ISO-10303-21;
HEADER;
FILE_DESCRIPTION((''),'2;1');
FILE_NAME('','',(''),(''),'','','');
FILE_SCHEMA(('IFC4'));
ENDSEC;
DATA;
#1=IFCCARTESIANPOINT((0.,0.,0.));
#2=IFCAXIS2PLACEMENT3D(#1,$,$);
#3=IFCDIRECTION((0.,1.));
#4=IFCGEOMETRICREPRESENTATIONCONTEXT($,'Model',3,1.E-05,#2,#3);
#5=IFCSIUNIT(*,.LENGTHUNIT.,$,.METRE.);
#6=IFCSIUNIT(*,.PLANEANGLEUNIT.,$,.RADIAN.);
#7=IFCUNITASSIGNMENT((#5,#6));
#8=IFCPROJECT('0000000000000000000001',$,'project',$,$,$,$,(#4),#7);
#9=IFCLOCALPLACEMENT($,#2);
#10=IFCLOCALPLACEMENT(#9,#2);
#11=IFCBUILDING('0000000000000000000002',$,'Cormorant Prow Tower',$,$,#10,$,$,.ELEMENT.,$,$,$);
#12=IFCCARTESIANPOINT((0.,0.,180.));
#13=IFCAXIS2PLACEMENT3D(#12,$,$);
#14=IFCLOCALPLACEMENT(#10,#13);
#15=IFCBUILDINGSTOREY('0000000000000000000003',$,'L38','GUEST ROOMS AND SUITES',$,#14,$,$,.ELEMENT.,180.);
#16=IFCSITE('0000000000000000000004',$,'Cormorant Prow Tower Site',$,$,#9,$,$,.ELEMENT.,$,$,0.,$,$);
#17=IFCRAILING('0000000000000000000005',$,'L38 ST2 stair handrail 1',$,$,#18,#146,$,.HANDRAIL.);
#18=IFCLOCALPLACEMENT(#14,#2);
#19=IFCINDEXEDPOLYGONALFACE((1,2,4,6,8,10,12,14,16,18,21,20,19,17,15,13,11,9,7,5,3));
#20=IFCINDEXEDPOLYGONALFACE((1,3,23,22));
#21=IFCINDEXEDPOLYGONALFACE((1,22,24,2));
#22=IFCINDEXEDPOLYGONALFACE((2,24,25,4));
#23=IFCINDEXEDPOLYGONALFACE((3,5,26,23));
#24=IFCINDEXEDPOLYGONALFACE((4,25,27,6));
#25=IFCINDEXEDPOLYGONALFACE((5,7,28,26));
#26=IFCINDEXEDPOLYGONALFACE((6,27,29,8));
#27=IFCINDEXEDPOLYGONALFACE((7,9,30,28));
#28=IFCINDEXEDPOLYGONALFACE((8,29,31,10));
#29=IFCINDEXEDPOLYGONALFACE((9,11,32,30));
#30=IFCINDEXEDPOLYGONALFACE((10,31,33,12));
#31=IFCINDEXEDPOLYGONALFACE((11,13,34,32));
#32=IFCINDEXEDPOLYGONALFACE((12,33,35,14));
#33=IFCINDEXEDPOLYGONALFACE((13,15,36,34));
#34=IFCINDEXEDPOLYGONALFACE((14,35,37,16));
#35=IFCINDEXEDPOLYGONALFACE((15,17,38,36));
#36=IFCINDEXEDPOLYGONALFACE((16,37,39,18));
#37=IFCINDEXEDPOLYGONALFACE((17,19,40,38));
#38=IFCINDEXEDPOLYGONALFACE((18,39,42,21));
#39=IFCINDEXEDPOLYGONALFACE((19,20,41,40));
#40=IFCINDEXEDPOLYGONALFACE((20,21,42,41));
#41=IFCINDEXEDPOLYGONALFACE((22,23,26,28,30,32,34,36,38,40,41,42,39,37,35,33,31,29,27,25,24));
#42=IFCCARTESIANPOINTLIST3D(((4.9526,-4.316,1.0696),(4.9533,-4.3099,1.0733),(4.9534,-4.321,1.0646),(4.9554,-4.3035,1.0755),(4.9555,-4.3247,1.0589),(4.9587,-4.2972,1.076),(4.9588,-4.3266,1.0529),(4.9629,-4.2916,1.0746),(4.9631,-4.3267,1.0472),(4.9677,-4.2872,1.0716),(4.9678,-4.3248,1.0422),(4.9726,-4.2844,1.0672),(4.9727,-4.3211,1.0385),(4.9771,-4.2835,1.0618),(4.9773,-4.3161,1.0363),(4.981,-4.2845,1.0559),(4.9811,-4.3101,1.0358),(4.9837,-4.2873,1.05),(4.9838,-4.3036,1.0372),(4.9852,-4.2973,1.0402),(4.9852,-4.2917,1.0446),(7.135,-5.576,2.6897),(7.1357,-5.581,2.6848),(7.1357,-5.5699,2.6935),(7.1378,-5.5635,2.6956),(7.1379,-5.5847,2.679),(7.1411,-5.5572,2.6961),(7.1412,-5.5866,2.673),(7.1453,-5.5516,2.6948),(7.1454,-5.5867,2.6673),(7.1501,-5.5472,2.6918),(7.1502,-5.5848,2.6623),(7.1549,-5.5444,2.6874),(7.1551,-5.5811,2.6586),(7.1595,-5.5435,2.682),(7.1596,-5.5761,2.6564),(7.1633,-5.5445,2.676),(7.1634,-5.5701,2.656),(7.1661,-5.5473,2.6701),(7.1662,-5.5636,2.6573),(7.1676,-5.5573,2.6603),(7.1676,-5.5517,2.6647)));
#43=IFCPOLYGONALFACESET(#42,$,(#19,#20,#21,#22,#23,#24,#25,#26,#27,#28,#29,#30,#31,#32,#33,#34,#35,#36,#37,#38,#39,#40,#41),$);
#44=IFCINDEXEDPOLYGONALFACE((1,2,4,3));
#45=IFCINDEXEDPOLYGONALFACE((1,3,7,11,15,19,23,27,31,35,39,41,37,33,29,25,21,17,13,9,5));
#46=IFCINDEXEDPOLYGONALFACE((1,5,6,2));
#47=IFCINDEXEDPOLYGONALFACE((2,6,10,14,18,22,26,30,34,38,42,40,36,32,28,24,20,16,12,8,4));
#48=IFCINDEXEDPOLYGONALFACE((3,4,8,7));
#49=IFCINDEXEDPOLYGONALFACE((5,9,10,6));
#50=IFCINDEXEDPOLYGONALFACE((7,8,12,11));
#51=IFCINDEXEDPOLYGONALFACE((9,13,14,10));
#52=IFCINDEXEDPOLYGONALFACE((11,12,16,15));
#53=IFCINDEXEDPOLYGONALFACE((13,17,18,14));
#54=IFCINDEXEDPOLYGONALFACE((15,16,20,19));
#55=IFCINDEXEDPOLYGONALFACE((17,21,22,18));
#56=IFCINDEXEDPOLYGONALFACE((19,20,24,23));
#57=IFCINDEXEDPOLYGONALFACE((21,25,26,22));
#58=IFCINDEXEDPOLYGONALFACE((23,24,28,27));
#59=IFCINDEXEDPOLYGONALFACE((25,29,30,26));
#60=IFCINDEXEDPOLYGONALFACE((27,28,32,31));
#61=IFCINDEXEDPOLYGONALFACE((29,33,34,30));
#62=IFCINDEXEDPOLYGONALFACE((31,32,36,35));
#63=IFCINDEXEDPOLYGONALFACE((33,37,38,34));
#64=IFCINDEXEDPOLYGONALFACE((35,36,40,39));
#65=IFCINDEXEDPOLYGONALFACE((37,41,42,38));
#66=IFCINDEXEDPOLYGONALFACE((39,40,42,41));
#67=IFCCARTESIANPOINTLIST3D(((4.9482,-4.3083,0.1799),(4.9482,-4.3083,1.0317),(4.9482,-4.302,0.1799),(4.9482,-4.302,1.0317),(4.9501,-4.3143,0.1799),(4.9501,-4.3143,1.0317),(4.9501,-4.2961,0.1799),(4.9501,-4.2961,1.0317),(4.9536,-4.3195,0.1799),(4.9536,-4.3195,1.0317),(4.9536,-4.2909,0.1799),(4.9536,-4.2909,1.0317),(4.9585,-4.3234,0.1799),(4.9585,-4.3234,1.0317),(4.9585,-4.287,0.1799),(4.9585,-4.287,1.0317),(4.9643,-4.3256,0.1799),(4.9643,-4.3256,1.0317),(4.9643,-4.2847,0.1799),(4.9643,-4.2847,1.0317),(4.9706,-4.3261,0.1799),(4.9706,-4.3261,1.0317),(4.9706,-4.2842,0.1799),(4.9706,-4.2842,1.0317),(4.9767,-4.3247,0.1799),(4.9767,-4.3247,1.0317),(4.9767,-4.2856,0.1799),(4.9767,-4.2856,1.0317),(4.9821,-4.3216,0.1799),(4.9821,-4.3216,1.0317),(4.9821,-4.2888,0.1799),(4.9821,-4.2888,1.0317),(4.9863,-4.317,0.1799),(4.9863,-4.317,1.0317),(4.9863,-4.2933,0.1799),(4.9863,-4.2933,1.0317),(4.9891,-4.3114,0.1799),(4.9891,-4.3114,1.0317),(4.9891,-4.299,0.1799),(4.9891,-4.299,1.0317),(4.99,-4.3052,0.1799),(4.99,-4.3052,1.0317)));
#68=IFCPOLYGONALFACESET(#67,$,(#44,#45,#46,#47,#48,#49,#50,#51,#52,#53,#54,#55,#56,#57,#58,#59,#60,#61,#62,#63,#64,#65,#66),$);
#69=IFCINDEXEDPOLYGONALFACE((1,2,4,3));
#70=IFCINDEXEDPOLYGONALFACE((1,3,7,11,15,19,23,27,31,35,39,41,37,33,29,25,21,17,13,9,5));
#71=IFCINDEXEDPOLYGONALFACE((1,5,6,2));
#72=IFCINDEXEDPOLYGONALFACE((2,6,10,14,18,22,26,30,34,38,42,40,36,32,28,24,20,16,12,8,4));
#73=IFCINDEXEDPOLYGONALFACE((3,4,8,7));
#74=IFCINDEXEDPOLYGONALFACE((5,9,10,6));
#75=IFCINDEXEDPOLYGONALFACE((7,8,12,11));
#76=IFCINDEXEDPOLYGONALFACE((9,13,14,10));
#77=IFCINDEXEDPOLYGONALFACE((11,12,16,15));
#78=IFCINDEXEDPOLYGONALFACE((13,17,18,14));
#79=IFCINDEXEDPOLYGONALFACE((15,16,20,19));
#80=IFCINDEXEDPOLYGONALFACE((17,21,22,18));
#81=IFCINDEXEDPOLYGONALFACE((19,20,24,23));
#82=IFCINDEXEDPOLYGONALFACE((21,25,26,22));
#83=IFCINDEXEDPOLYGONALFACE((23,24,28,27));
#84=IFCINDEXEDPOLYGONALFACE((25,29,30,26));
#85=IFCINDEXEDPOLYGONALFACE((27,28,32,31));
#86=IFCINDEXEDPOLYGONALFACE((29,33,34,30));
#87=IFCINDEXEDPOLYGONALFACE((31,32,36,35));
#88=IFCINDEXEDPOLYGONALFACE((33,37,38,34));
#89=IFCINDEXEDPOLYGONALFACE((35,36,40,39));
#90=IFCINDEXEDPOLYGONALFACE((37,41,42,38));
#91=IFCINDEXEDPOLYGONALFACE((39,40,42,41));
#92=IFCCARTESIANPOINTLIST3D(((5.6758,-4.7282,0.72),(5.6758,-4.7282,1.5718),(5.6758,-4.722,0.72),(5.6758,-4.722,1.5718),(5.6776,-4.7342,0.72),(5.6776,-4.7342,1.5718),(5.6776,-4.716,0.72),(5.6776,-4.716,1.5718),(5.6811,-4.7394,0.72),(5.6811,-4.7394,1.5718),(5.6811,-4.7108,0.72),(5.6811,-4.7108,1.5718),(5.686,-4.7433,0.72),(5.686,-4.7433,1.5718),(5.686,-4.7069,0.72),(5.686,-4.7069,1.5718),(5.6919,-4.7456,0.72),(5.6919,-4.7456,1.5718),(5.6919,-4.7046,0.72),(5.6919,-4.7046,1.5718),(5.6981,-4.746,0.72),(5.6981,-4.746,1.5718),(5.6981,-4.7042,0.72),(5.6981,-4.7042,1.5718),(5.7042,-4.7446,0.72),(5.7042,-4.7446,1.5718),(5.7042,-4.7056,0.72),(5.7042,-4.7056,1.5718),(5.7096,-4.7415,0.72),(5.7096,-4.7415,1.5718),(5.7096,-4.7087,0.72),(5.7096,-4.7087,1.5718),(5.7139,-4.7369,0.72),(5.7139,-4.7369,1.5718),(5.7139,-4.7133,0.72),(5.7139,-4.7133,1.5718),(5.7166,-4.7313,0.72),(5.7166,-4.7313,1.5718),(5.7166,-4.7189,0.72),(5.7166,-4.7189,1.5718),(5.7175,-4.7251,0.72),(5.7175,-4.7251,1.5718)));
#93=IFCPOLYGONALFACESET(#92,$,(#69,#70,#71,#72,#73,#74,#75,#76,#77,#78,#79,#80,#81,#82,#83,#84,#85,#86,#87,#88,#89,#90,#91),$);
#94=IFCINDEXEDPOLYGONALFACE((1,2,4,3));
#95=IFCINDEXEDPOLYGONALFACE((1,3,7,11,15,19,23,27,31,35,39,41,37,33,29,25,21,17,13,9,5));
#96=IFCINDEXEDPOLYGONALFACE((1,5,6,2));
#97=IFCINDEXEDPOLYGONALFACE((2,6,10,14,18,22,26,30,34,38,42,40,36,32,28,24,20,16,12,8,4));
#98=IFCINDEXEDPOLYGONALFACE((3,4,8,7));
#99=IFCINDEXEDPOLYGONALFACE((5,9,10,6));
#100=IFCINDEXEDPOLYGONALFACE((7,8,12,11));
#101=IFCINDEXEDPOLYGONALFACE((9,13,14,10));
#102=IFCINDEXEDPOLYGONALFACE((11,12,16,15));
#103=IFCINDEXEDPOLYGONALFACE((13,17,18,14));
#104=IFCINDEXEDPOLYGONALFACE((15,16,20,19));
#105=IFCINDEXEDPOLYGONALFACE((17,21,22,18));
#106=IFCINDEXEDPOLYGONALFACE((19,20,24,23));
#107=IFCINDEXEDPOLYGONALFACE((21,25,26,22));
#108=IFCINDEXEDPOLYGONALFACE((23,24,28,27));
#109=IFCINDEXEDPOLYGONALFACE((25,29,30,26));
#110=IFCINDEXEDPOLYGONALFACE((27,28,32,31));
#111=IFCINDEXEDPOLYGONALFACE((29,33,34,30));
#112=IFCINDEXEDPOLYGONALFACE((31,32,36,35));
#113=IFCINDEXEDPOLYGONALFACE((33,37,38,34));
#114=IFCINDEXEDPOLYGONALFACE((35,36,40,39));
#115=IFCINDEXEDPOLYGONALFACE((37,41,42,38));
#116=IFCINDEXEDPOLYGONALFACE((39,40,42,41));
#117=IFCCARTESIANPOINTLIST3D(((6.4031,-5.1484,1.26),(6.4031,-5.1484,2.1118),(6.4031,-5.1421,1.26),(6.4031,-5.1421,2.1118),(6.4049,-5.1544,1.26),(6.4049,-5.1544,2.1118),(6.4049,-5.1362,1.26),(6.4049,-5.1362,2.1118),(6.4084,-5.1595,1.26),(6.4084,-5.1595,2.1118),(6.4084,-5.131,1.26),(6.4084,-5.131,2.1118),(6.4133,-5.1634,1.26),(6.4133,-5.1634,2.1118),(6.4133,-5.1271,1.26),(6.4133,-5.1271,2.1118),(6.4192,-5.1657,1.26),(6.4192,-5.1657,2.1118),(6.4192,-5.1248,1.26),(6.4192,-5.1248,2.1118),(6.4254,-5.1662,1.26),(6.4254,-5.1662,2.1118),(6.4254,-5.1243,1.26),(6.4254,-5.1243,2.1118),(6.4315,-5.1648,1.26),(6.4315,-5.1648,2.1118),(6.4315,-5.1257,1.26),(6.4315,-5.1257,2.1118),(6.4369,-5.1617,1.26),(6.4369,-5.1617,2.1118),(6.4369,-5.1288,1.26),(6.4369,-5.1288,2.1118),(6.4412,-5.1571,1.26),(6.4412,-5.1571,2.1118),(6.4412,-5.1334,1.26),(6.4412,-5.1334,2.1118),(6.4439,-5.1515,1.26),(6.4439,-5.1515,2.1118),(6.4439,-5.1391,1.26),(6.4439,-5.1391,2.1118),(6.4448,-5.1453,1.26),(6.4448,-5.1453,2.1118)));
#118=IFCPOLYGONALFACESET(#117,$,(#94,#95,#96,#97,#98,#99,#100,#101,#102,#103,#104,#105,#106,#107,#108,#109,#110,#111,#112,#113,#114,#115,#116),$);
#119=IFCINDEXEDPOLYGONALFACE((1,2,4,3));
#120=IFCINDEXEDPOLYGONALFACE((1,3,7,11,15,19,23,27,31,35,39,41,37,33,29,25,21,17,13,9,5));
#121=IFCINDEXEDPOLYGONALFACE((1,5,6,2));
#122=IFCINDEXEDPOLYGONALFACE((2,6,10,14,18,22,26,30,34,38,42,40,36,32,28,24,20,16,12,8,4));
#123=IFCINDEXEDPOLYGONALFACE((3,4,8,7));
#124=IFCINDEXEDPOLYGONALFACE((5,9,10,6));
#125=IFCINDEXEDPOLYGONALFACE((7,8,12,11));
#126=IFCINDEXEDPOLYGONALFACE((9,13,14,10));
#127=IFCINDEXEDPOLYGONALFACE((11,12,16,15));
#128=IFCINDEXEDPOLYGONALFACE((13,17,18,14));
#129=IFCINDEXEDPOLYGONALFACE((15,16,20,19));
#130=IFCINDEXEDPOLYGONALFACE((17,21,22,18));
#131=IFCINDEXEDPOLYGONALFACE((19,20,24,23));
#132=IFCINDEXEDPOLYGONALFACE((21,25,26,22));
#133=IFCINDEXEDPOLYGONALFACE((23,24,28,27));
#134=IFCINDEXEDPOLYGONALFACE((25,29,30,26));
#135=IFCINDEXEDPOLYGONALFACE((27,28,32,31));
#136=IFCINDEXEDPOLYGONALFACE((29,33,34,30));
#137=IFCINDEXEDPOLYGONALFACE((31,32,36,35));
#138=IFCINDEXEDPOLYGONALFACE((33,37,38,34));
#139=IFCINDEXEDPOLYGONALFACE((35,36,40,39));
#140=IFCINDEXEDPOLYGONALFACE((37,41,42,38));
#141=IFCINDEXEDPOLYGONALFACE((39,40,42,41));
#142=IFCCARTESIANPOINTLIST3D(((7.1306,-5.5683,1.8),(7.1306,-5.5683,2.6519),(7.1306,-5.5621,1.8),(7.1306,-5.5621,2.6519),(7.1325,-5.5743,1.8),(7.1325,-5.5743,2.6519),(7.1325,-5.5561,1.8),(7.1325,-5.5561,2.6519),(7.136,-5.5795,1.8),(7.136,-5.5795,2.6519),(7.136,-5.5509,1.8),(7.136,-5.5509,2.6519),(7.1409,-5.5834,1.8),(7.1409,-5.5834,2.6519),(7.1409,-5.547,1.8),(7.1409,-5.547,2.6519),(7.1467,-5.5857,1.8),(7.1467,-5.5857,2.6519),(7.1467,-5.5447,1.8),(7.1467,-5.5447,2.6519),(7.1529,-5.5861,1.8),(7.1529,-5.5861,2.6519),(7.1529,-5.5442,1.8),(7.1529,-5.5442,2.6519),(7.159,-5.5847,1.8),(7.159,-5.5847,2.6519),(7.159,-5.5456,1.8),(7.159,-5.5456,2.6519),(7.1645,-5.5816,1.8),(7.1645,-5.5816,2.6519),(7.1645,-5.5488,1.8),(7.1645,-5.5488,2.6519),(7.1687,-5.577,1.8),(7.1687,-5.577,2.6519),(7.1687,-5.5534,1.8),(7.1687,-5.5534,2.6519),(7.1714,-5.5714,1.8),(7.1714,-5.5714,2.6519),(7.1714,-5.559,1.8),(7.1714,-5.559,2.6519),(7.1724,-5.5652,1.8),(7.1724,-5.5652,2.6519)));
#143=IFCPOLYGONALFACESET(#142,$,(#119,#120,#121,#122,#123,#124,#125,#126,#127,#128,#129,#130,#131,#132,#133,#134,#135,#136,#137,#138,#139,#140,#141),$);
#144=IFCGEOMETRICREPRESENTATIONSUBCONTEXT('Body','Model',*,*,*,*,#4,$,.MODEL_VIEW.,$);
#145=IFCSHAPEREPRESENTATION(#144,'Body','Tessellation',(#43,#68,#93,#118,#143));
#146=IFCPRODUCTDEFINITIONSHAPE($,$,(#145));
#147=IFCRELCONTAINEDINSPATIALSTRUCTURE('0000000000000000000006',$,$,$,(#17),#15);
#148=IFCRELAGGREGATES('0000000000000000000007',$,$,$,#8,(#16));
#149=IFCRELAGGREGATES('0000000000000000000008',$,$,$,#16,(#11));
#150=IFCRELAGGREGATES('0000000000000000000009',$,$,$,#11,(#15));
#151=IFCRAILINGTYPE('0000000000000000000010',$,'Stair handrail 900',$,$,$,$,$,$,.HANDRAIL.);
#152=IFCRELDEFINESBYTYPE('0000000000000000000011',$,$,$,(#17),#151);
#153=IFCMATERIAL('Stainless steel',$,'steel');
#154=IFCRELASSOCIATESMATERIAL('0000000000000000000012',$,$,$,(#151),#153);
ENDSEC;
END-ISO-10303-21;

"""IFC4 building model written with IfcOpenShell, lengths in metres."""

from ifc_helpers import new_model, si_unit, direction, frame, origin, origin_2d, place, context, subcontext, project, spatial, circle, extrude, material, type_object, element, save


model = new_model("IFC4")

# Units and contexts
model_context = context("Model", 3, precision=1e-05, world=origin(), true_north=direction((0.0, 1.0)))
body_context = subcontext(model_context, "Body", "Model", "MODEL_VIEW")
ifc_project = project(units=[si_unit("LENGTHUNIT", "METRE"), si_unit("PLANEANGLEUNIT", "RADIAN")], contexts=[model_context])

# Site, building, storey
site_placement = place(None, origin())
site = spatial("IfcSite", under=ifc_project, at=site_placement, Name="Cormorant Prow Tower Site", CompositionType="ELEMENT", RefElevation=0.0)
building_placement = place(site_placement, origin())
building = spatial("IfcBuilding", under=site, at=building_placement, Name="Cormorant Prow Tower", CompositionType="ELEMENT")
storey_placement = place(building_placement, frame((0.0, 0.0, 180.0)))
storey = spatial("IfcBuildingStorey", under=building, at=storey_placement, Name="L38", Description="GUEST ROOMS AND SUITES", CompositionType="ELEMENT", Elevation=180.0)

# Railing
ifc_material_1 = material(Name="Stainless steel", Category="steel")
railing_type_1 = type_object("IfcRailingType", Name="Stair handrail 900", PredefinedType="HANDRAIL", material=ifc_material_1)
railing_1_placement = place(storey_placement, frame((4.969, -4.3052, 0.1799)))
element("IfcRailing", 1, at=railing_1_placement, inside=storey, type_object=railing_type_1, Name="L38 ST2 stair handrail 1", PredefinedType="HANDRAIL", context=body_context, shape_type="SweptSolid", body=[
    extrude(circle(Radius=0.0239, at=origin_2d()), frame((0.0, 0.0, 0.876), z_axis=(0.728464, -0.420584, 0.540786), x_axis=(0.500005, 0.866023, 0.0)), (0.0, 0.0, 1.0), 2.9958),
    extrude(circle(Radius=0.021, at=origin_2d()), origin(), (0.0, 0.0, 1.0), 0.8518),
    extrude(circle(Radius=0.021, at=origin_2d()), frame((0.7275, -0.4199, 0.54)), (0.0, 0.0, 1.0), 0.8518),
    extrude(circle(Radius=0.021, at=origin_2d()), frame((1.4548, -0.8401, 1.0801)), (0.0, 0.0, 1.0), 0.8518),
    extrude(circle(Radius=0.021, at=origin_2d()), frame((2.1824, -1.26, 1.6201)), (0.0, 0.0, 1.0), 0.8518),
])

save(model, "model.ifc")
